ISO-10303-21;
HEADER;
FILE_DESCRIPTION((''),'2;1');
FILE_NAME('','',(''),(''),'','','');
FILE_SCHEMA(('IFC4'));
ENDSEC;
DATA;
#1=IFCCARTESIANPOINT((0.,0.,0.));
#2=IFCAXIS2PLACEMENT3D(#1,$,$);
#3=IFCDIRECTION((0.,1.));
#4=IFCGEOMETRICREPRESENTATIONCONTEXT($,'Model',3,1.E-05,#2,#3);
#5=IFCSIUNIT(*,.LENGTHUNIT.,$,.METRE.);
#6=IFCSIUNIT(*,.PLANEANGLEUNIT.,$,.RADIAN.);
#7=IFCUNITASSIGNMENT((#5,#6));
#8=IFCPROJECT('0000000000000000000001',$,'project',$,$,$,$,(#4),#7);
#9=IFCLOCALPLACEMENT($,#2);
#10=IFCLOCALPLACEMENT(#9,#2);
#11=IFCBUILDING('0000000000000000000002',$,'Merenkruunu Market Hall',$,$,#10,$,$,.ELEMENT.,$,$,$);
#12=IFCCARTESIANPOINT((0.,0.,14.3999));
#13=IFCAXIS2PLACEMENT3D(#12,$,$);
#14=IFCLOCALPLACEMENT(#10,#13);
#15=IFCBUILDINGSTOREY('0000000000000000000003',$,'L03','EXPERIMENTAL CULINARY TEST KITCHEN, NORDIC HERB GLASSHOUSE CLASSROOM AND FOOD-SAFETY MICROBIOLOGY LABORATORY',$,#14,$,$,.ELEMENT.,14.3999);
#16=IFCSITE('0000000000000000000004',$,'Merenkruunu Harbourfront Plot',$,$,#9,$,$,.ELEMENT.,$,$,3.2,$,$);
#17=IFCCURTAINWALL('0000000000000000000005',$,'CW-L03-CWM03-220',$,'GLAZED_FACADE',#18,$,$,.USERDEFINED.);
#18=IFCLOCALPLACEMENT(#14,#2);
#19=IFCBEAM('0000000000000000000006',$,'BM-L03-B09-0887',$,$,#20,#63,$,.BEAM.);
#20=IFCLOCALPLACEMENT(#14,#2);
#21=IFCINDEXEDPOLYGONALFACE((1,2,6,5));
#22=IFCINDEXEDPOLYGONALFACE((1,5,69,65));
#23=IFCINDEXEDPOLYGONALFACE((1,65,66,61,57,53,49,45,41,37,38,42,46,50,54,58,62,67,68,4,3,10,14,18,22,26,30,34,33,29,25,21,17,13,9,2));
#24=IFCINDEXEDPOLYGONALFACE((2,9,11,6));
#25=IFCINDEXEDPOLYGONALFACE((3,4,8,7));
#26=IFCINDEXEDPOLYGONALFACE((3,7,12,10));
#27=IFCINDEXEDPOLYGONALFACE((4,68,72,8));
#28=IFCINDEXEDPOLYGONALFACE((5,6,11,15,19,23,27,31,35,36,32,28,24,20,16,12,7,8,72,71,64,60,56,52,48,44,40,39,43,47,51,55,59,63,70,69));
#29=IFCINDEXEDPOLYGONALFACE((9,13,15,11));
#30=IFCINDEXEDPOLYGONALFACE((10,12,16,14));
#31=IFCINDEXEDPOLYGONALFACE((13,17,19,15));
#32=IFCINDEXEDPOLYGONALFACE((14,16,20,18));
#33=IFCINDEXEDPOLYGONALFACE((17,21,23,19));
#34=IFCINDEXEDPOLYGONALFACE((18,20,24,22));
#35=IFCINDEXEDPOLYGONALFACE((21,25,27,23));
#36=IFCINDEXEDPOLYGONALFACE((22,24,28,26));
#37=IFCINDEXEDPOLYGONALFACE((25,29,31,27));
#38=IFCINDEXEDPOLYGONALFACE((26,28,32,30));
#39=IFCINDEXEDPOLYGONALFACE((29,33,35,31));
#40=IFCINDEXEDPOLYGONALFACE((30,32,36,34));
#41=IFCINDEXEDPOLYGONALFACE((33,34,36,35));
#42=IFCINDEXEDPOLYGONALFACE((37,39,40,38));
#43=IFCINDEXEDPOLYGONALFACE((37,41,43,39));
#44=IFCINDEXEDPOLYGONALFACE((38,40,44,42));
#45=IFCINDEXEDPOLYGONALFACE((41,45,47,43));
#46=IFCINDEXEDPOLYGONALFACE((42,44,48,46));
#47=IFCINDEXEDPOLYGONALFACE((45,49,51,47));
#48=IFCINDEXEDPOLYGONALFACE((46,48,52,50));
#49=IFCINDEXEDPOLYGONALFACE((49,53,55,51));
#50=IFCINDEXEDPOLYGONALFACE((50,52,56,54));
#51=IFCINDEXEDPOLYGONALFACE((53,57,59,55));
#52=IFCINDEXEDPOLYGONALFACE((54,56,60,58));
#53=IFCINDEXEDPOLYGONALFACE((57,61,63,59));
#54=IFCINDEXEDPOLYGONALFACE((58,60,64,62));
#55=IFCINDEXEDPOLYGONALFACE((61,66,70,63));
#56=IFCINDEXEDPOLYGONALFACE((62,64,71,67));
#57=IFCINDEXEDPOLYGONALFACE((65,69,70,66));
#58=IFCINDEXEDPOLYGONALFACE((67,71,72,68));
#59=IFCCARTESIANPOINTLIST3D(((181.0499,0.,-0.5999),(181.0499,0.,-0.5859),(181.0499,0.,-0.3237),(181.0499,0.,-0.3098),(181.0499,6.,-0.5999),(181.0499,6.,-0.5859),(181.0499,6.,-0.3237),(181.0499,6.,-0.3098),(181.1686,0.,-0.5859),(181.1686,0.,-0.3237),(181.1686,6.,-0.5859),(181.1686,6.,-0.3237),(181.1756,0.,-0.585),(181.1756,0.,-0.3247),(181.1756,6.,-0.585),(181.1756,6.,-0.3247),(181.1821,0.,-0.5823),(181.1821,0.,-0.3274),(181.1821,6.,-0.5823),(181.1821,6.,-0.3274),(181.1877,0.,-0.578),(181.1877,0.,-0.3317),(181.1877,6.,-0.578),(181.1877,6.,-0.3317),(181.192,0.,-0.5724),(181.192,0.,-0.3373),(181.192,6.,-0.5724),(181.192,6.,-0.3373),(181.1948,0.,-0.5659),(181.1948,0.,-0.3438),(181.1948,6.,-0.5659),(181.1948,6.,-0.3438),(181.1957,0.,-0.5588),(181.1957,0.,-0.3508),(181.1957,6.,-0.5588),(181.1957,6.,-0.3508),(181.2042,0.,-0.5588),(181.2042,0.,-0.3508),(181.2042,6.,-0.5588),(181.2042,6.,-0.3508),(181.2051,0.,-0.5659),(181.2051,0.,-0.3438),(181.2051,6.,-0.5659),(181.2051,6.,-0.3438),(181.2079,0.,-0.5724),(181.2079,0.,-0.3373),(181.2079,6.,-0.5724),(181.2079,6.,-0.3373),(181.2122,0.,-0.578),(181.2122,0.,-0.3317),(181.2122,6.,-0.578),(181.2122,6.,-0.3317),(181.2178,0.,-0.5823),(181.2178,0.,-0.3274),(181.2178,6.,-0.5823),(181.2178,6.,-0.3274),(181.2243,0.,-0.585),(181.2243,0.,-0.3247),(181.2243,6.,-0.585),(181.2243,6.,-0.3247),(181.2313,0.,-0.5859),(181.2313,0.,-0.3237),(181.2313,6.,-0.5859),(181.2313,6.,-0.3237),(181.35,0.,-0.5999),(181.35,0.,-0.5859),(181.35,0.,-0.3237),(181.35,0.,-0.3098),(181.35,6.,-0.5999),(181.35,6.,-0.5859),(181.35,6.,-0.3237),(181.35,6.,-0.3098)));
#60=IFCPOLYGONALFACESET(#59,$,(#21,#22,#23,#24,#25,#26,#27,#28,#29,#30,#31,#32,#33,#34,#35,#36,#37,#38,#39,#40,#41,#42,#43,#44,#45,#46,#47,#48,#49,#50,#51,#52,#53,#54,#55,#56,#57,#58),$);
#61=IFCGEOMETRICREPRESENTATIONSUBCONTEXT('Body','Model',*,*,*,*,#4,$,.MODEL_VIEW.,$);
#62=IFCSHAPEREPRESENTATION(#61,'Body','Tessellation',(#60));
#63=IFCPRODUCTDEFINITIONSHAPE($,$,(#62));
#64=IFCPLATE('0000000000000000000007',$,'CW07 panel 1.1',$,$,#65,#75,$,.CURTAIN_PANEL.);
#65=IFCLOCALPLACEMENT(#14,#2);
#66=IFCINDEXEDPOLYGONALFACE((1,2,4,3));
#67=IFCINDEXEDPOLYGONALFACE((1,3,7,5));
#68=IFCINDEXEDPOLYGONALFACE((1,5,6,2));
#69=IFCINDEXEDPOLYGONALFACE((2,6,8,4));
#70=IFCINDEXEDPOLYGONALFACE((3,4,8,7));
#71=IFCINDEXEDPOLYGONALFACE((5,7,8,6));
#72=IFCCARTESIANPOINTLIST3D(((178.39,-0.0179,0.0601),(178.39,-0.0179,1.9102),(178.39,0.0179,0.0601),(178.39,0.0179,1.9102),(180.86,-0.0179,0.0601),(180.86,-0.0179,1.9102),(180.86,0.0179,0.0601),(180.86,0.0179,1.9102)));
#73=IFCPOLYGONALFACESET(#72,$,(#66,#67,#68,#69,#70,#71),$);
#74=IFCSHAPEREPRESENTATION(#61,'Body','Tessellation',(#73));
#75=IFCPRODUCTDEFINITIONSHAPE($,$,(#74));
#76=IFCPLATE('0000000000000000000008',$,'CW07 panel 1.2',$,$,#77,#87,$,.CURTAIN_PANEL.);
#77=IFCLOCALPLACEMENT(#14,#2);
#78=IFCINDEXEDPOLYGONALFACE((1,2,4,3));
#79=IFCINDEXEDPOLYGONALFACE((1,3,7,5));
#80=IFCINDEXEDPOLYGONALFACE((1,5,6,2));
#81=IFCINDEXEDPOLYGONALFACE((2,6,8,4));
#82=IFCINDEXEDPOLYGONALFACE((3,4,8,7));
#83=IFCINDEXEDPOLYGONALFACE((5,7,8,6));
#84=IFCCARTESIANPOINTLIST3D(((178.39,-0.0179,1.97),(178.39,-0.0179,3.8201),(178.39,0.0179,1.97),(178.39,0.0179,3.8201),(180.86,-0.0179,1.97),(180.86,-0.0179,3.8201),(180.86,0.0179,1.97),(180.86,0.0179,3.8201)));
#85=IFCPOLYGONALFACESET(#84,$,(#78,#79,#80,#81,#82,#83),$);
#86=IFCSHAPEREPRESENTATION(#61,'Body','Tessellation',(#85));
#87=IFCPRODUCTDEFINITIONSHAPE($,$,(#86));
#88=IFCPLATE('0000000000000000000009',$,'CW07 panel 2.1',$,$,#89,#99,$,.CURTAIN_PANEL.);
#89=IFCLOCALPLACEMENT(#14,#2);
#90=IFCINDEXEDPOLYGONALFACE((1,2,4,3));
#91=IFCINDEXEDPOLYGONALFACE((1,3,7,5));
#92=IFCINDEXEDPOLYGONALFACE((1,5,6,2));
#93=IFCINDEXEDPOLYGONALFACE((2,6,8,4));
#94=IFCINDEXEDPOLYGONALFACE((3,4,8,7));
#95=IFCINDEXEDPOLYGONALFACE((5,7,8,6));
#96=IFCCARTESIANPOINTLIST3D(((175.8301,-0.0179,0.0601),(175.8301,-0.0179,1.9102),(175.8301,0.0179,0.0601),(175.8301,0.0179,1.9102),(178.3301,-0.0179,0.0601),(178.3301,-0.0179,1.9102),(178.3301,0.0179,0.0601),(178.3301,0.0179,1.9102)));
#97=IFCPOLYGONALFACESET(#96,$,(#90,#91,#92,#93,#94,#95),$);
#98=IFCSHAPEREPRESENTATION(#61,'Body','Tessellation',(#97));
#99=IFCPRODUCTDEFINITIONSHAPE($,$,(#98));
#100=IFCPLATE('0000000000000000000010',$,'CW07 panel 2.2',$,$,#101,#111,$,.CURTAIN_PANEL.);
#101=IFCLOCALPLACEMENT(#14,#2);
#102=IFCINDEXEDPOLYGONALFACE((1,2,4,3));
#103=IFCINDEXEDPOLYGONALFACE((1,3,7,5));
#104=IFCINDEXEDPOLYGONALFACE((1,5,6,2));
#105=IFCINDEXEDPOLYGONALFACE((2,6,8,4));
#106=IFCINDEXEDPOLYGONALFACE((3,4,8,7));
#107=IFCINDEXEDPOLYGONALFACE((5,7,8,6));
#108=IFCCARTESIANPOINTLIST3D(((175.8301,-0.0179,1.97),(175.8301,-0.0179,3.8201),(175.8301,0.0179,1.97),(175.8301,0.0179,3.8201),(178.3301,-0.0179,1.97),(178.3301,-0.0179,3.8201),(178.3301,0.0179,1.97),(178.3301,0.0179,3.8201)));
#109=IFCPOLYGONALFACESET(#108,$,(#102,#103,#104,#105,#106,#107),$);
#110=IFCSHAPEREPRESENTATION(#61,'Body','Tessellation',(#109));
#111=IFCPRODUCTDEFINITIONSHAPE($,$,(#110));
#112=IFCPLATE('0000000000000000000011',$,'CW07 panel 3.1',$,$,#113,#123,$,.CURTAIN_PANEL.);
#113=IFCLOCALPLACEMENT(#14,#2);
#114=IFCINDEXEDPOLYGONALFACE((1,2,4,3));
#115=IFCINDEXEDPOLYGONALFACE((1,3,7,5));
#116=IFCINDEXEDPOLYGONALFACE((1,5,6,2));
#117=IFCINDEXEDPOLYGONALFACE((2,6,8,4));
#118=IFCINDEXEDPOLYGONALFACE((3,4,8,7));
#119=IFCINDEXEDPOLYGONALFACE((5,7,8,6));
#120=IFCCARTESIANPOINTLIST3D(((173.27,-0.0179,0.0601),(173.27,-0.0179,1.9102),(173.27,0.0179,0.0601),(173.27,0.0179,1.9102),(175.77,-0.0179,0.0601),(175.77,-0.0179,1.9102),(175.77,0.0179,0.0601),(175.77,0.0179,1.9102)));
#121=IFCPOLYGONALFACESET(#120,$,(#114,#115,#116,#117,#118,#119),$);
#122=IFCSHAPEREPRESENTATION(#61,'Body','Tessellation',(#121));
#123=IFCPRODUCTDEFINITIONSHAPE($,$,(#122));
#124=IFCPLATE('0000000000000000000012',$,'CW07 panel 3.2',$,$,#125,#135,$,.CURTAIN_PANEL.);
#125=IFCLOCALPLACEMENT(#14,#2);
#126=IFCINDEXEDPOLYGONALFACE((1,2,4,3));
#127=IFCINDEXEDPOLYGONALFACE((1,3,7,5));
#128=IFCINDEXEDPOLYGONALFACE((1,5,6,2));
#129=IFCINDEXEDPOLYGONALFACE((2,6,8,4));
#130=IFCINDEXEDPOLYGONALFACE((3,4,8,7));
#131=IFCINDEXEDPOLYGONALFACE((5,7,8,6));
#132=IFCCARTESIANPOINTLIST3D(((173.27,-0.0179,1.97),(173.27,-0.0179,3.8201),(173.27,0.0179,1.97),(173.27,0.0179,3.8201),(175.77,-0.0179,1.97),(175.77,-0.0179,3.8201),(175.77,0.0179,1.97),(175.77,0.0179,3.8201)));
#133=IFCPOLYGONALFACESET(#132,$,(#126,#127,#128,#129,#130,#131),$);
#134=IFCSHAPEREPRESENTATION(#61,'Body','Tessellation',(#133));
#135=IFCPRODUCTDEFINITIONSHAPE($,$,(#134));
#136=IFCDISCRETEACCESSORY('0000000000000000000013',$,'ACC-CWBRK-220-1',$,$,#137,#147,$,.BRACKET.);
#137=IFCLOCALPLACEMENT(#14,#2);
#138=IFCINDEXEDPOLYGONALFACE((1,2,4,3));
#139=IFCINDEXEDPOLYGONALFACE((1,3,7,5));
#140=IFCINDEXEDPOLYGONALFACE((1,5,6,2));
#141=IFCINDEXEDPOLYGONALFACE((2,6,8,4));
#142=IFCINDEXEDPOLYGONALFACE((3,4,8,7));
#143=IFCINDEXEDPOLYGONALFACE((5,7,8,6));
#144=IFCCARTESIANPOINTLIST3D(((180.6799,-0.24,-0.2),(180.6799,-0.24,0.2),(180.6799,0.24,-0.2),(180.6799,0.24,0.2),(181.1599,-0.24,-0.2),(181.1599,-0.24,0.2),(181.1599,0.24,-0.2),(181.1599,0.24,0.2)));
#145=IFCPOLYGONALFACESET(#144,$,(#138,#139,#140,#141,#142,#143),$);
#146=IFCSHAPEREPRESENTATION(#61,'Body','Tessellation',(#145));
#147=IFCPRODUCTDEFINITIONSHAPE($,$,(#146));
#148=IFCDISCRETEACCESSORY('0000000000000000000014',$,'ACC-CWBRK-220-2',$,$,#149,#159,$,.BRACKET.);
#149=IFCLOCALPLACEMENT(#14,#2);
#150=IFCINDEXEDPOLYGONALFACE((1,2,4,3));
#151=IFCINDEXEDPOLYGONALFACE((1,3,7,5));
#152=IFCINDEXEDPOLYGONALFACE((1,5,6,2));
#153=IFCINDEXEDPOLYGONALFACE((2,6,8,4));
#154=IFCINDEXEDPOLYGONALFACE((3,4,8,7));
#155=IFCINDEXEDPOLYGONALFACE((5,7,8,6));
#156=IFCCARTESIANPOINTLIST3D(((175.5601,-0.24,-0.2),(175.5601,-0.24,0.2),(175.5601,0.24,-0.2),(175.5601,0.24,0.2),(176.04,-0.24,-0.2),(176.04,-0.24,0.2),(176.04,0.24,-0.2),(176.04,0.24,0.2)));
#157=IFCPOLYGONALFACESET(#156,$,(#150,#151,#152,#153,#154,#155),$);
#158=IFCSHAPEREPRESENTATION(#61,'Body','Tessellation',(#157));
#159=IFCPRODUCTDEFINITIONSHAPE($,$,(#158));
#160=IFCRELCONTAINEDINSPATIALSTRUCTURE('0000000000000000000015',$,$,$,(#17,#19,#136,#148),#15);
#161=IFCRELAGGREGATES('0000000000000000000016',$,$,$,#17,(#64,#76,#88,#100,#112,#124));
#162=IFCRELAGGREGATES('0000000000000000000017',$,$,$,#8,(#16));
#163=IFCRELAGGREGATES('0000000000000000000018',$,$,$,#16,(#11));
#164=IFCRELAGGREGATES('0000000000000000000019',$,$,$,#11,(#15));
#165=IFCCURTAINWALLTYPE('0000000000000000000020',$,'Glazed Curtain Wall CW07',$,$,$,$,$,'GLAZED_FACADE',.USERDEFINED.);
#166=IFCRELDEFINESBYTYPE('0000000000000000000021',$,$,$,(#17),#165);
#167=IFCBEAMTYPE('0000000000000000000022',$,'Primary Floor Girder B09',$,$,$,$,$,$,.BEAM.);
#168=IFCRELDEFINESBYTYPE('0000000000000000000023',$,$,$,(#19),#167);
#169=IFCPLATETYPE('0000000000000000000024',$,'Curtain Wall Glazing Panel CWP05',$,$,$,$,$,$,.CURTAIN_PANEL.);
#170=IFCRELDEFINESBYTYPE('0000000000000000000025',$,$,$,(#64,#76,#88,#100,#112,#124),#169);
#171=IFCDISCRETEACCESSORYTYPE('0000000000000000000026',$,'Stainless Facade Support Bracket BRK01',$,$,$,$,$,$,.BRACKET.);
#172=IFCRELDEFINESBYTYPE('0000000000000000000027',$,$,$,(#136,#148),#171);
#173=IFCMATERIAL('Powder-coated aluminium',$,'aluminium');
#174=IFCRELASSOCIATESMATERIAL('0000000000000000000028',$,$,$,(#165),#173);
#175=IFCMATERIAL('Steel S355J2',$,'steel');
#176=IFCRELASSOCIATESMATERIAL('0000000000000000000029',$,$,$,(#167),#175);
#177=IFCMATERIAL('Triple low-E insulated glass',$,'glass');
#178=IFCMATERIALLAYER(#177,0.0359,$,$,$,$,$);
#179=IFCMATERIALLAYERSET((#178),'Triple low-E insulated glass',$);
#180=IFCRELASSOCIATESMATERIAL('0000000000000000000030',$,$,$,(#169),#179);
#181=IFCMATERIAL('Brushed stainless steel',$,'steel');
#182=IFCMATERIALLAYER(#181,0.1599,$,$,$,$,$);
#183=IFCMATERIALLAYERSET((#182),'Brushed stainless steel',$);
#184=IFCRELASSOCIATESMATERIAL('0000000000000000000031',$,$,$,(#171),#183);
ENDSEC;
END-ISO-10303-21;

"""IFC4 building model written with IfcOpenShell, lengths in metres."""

from ifc_helpers import new_model, si_unit, direction, frame, origin, origin_2d, place, context, subcontext, project, spatial, rectangle, i_section, extrude, material, layer, layer_set, material_profile, profile_set, type_object, element, aggregate, save


model = new_model("IFC4")

# Units and contexts
model_context = context("Model", 3, precision=1e-05, world=origin(), true_north=direction((0.0, 1.0)))
body_context = subcontext(model_context, "Body", "Model", "MODEL_VIEW")
ifc_project = project(units=[si_unit("LENGTHUNIT", "METRE"), si_unit("PLANEANGLEUNIT", "RADIAN")], contexts=[model_context])

# Site, building, storey
site_placement = place(None, origin())
site = spatial("IfcSite", under=ifc_project, at=site_placement, Name="Merenkruunu Harbourfront Plot", CompositionType="ELEMENT", RefElevation=3.2)
building_placement = place(site_placement, origin())
building = spatial("IfcBuilding", under=site, at=building_placement, Name="Merenkruunu Market Hall", CompositionType="ELEMENT")
storey_placement = place(building_placement, frame((0.0, 0.0, 14.3999)))
storey = spatial("IfcBuildingStorey", under=building, at=storey_placement, Name="L03", Description="EXPERIMENTAL CULINARY TEST KITCHEN, NORDIC HERB GLASSHOUSE CLASSROOM AND FOOD-SAFETY MICROBIOLOGY LABORATORY", CompositionType="ELEMENT", Elevation=14.3999)

# Shared definitions
ifc_material_1 = material(Name="Steel S355J2", Category="steel")

# Curtain wall
ifc_material_2 = material(Name="Powder-coated aluminium", Category="aluminium")
curtain_wall_type = type_object("IfcCurtainWallType", Name="Glazed Curtain Wall CW07", ElementType="GLAZED_FACADE", PredefinedType="USERDEFINED", material=ifc_material_2)
curtain_wall_placement = place(storey_placement, origin())
curtain_wall = element("IfcCurtainWall", 1, at=curtain_wall_placement, inside=storey, type_object=curtain_wall_type, Name="CW-L03-CWM03-220", ObjectType="GLAZED_FACADE", PredefinedType="USERDEFINED")

# Beam
ifc_material_profile_1 = material_profile(ifc_material_1, i_section(OverallWidth=0.3, OverallDepth=0.29, WebThickness=0.0085, FlangeThickness=0.0139, FilletRadius=0.0271, at=origin_2d()), Name="HEA 300")
ifc_profile_set_1 = profile_set([ifc_material_profile_1], Name="Steel S355J2")
beam_type_1 = type_object("IfcBeamType", Name="Primary Floor Girder B09", PredefinedType="BEAM", material=ifc_profile_set_1)
beam_1_placement = place(storey_placement, frame((181.2, 0.0, -0.4548), z_axis=(0.0, 1.0, 0.0), x_axis=(-1.0, 0.0, 0.0)))
element("IfcBeam", 2, at=beam_1_placement, inside=storey, type_object=beam_type_1, Name="BM-L03-B09-0887", PredefinedType="BEAM", context=body_context, shape_type="SweptSolid", body=[
    extrude(i_section(OverallWidth=0.3, OverallDepth=0.29, WebThickness=0.0085, FlangeThickness=0.0139, FilletRadius=0.0271, at=origin_2d()), origin(), (0.0, 0.0, 1.0), 6.0),
])

# Plates
ifc_material_3 = material(Name="Triple low-E insulated glass", Category="glass")
ifc_layer_1 = layer(ifc_material_3, 0.0359)
ifc_layer_set_1 = layer_set([ifc_layer_1], Name="Triple low-E insulated glass")
plate_type = type_object("IfcPlateType", Name="Curtain Wall Glazing Panel CWP05", PredefinedType="CURTAIN_PANEL", material=ifc_layer_set_1)
plate_1_placement = place(storey_placement, frame((179.625, 0.0, 0.0601), z_axis=(0.0, 0.0, 1.0), x_axis=(-1.0, 0.0, 0.0)))
plate_1 = element("IfcPlate", 3, at=plate_1_placement, type_object=plate_type, Name="CW07 panel 1.1", PredefinedType="CURTAIN_PANEL", context=body_context, shape_type="SweptSolid", body=[
    extrude(rectangle(XDim=2.47, YDim=0.0359, at=origin_2d()), origin(), (0.0, 0.0, 1.0), 1.8501),
])
plate_2_placement = place(storey_placement, frame((179.625, 0.0, 1.97), z_axis=(0.0, 0.0, 1.0), x_axis=(-1.0, 0.0, 0.0)))
plate_2 = element("IfcPlate", 4, at=plate_2_placement, type_object=plate_type, Name="CW07 panel 1.2", PredefinedType="CURTAIN_PANEL", context=body_context, shape_type="SweptSolid", body=[
    extrude(rectangle(XDim=2.47, YDim=0.0359, at=origin_2d()), origin(), (0.0, 0.0, 1.0), 1.8501),
])
plate_3_placement = place(storey_placement, frame((177.0801, 0.0, 0.0601), z_axis=(0.0, 0.0, 1.0), x_axis=(-1.0, 0.0, 0.0)))
plate_3 = element("IfcPlate", 5, at=plate_3_placement, type_object=plate_type, Name="CW07 panel 2.1", PredefinedType="CURTAIN_PANEL", context=body_context, shape_type="SweptSolid", body=[
    extrude(rectangle(XDim=2.5, YDim=0.0359, at=origin_2d()), origin(), (0.0, 0.0, 1.0), 1.8501),
])
plate_4_placement = place(storey_placement, frame((177.0801, 0.0, 1.97), z_axis=(0.0, 0.0, 1.0), x_axis=(-1.0, 0.0, 0.0)))
plate_4 = element("IfcPlate", 6, at=plate_4_placement, type_object=plate_type, Name="CW07 panel 2.2", PredefinedType="CURTAIN_PANEL", context=body_context, shape_type="SweptSolid", body=[
    extrude(rectangle(XDim=2.5, YDim=0.0359, at=origin_2d()), origin(), (0.0, 0.0, 1.0), 1.8501),
])
plate_5_placement = place(storey_placement, frame((174.52, 0.0, 0.0601), z_axis=(0.0, 0.0, 1.0), x_axis=(-1.0, 0.0, 0.0)))
plate_5 = element("IfcPlate", 7, at=plate_5_placement, type_object=plate_type, Name="CW07 panel 3.1", PredefinedType="CURTAIN_PANEL", context=body_context, shape_type="SweptSolid", body=[
    extrude(rectangle(XDim=2.5, YDim=0.0359, at=origin_2d()), origin(), (0.0, 0.0, 1.0), 1.8501),
])
plate_6_placement = place(storey_placement, frame((174.52, 0.0, 1.97), z_axis=(0.0, 0.0, 1.0), x_axis=(-1.0, 0.0, 0.0)))
plate_6 = element("IfcPlate", 8, at=plate_6_placement, type_object=plate_type, Name="CW07 panel 3.2", PredefinedType="CURTAIN_PANEL", context=body_context, shape_type="SweptSolid", body=[
    extrude(rectangle(XDim=2.5, YDim=0.0359, at=origin_2d()), origin(), (0.0, 0.0, 1.0), 1.8501),
])
aggregate(curtain_wall, [plate_1, plate_2, plate_3, plate_4, plate_5, plate_6])

# Discrete accessories
ifc_material_4 = material(Name="Brushed stainless steel", Category="steel")
ifc_layer_2 = layer(ifc_material_4, 0.1599)
ifc_layer_set_2 = layer_set([ifc_layer_2], Name="Brushed stainless steel")
discrete_accessory_type = type_object("IfcDiscreteAccessoryType", Name="Stainless Facade Support Bracket BRK01", PredefinedType="BRACKET", material=ifc_layer_set_2)
for number, where, z_axis, x_axis, name in (
    (9, (180.9199, 0.0, -0.2), (0.0, 0.0, 1.0), (1.0, 0.0, 0.0), "ACC-CWBRK-220-1"),
    (10, (175.8, 0.0, -0.2), (0.0, 0.0, 1.0), (1.0, 0.0, 0.0), "ACC-CWBRK-220-2"),
):
    element("IfcDiscreteAccessory", number, at=place(storey_placement, frame(where, z_axis=z_axis, x_axis=x_axis)), inside=storey, type_object=discrete_accessory_type, Name=name, PredefinedType="BRACKET", context=body_context, shape_type="SweptSolid", body=[
        extrude(rectangle(XDim=0.48, YDim=0.48, at=origin_2d()), origin(), (0.0, 0.0, 1.0), 0.3999),
    ])

save(model, "model.ifc")
